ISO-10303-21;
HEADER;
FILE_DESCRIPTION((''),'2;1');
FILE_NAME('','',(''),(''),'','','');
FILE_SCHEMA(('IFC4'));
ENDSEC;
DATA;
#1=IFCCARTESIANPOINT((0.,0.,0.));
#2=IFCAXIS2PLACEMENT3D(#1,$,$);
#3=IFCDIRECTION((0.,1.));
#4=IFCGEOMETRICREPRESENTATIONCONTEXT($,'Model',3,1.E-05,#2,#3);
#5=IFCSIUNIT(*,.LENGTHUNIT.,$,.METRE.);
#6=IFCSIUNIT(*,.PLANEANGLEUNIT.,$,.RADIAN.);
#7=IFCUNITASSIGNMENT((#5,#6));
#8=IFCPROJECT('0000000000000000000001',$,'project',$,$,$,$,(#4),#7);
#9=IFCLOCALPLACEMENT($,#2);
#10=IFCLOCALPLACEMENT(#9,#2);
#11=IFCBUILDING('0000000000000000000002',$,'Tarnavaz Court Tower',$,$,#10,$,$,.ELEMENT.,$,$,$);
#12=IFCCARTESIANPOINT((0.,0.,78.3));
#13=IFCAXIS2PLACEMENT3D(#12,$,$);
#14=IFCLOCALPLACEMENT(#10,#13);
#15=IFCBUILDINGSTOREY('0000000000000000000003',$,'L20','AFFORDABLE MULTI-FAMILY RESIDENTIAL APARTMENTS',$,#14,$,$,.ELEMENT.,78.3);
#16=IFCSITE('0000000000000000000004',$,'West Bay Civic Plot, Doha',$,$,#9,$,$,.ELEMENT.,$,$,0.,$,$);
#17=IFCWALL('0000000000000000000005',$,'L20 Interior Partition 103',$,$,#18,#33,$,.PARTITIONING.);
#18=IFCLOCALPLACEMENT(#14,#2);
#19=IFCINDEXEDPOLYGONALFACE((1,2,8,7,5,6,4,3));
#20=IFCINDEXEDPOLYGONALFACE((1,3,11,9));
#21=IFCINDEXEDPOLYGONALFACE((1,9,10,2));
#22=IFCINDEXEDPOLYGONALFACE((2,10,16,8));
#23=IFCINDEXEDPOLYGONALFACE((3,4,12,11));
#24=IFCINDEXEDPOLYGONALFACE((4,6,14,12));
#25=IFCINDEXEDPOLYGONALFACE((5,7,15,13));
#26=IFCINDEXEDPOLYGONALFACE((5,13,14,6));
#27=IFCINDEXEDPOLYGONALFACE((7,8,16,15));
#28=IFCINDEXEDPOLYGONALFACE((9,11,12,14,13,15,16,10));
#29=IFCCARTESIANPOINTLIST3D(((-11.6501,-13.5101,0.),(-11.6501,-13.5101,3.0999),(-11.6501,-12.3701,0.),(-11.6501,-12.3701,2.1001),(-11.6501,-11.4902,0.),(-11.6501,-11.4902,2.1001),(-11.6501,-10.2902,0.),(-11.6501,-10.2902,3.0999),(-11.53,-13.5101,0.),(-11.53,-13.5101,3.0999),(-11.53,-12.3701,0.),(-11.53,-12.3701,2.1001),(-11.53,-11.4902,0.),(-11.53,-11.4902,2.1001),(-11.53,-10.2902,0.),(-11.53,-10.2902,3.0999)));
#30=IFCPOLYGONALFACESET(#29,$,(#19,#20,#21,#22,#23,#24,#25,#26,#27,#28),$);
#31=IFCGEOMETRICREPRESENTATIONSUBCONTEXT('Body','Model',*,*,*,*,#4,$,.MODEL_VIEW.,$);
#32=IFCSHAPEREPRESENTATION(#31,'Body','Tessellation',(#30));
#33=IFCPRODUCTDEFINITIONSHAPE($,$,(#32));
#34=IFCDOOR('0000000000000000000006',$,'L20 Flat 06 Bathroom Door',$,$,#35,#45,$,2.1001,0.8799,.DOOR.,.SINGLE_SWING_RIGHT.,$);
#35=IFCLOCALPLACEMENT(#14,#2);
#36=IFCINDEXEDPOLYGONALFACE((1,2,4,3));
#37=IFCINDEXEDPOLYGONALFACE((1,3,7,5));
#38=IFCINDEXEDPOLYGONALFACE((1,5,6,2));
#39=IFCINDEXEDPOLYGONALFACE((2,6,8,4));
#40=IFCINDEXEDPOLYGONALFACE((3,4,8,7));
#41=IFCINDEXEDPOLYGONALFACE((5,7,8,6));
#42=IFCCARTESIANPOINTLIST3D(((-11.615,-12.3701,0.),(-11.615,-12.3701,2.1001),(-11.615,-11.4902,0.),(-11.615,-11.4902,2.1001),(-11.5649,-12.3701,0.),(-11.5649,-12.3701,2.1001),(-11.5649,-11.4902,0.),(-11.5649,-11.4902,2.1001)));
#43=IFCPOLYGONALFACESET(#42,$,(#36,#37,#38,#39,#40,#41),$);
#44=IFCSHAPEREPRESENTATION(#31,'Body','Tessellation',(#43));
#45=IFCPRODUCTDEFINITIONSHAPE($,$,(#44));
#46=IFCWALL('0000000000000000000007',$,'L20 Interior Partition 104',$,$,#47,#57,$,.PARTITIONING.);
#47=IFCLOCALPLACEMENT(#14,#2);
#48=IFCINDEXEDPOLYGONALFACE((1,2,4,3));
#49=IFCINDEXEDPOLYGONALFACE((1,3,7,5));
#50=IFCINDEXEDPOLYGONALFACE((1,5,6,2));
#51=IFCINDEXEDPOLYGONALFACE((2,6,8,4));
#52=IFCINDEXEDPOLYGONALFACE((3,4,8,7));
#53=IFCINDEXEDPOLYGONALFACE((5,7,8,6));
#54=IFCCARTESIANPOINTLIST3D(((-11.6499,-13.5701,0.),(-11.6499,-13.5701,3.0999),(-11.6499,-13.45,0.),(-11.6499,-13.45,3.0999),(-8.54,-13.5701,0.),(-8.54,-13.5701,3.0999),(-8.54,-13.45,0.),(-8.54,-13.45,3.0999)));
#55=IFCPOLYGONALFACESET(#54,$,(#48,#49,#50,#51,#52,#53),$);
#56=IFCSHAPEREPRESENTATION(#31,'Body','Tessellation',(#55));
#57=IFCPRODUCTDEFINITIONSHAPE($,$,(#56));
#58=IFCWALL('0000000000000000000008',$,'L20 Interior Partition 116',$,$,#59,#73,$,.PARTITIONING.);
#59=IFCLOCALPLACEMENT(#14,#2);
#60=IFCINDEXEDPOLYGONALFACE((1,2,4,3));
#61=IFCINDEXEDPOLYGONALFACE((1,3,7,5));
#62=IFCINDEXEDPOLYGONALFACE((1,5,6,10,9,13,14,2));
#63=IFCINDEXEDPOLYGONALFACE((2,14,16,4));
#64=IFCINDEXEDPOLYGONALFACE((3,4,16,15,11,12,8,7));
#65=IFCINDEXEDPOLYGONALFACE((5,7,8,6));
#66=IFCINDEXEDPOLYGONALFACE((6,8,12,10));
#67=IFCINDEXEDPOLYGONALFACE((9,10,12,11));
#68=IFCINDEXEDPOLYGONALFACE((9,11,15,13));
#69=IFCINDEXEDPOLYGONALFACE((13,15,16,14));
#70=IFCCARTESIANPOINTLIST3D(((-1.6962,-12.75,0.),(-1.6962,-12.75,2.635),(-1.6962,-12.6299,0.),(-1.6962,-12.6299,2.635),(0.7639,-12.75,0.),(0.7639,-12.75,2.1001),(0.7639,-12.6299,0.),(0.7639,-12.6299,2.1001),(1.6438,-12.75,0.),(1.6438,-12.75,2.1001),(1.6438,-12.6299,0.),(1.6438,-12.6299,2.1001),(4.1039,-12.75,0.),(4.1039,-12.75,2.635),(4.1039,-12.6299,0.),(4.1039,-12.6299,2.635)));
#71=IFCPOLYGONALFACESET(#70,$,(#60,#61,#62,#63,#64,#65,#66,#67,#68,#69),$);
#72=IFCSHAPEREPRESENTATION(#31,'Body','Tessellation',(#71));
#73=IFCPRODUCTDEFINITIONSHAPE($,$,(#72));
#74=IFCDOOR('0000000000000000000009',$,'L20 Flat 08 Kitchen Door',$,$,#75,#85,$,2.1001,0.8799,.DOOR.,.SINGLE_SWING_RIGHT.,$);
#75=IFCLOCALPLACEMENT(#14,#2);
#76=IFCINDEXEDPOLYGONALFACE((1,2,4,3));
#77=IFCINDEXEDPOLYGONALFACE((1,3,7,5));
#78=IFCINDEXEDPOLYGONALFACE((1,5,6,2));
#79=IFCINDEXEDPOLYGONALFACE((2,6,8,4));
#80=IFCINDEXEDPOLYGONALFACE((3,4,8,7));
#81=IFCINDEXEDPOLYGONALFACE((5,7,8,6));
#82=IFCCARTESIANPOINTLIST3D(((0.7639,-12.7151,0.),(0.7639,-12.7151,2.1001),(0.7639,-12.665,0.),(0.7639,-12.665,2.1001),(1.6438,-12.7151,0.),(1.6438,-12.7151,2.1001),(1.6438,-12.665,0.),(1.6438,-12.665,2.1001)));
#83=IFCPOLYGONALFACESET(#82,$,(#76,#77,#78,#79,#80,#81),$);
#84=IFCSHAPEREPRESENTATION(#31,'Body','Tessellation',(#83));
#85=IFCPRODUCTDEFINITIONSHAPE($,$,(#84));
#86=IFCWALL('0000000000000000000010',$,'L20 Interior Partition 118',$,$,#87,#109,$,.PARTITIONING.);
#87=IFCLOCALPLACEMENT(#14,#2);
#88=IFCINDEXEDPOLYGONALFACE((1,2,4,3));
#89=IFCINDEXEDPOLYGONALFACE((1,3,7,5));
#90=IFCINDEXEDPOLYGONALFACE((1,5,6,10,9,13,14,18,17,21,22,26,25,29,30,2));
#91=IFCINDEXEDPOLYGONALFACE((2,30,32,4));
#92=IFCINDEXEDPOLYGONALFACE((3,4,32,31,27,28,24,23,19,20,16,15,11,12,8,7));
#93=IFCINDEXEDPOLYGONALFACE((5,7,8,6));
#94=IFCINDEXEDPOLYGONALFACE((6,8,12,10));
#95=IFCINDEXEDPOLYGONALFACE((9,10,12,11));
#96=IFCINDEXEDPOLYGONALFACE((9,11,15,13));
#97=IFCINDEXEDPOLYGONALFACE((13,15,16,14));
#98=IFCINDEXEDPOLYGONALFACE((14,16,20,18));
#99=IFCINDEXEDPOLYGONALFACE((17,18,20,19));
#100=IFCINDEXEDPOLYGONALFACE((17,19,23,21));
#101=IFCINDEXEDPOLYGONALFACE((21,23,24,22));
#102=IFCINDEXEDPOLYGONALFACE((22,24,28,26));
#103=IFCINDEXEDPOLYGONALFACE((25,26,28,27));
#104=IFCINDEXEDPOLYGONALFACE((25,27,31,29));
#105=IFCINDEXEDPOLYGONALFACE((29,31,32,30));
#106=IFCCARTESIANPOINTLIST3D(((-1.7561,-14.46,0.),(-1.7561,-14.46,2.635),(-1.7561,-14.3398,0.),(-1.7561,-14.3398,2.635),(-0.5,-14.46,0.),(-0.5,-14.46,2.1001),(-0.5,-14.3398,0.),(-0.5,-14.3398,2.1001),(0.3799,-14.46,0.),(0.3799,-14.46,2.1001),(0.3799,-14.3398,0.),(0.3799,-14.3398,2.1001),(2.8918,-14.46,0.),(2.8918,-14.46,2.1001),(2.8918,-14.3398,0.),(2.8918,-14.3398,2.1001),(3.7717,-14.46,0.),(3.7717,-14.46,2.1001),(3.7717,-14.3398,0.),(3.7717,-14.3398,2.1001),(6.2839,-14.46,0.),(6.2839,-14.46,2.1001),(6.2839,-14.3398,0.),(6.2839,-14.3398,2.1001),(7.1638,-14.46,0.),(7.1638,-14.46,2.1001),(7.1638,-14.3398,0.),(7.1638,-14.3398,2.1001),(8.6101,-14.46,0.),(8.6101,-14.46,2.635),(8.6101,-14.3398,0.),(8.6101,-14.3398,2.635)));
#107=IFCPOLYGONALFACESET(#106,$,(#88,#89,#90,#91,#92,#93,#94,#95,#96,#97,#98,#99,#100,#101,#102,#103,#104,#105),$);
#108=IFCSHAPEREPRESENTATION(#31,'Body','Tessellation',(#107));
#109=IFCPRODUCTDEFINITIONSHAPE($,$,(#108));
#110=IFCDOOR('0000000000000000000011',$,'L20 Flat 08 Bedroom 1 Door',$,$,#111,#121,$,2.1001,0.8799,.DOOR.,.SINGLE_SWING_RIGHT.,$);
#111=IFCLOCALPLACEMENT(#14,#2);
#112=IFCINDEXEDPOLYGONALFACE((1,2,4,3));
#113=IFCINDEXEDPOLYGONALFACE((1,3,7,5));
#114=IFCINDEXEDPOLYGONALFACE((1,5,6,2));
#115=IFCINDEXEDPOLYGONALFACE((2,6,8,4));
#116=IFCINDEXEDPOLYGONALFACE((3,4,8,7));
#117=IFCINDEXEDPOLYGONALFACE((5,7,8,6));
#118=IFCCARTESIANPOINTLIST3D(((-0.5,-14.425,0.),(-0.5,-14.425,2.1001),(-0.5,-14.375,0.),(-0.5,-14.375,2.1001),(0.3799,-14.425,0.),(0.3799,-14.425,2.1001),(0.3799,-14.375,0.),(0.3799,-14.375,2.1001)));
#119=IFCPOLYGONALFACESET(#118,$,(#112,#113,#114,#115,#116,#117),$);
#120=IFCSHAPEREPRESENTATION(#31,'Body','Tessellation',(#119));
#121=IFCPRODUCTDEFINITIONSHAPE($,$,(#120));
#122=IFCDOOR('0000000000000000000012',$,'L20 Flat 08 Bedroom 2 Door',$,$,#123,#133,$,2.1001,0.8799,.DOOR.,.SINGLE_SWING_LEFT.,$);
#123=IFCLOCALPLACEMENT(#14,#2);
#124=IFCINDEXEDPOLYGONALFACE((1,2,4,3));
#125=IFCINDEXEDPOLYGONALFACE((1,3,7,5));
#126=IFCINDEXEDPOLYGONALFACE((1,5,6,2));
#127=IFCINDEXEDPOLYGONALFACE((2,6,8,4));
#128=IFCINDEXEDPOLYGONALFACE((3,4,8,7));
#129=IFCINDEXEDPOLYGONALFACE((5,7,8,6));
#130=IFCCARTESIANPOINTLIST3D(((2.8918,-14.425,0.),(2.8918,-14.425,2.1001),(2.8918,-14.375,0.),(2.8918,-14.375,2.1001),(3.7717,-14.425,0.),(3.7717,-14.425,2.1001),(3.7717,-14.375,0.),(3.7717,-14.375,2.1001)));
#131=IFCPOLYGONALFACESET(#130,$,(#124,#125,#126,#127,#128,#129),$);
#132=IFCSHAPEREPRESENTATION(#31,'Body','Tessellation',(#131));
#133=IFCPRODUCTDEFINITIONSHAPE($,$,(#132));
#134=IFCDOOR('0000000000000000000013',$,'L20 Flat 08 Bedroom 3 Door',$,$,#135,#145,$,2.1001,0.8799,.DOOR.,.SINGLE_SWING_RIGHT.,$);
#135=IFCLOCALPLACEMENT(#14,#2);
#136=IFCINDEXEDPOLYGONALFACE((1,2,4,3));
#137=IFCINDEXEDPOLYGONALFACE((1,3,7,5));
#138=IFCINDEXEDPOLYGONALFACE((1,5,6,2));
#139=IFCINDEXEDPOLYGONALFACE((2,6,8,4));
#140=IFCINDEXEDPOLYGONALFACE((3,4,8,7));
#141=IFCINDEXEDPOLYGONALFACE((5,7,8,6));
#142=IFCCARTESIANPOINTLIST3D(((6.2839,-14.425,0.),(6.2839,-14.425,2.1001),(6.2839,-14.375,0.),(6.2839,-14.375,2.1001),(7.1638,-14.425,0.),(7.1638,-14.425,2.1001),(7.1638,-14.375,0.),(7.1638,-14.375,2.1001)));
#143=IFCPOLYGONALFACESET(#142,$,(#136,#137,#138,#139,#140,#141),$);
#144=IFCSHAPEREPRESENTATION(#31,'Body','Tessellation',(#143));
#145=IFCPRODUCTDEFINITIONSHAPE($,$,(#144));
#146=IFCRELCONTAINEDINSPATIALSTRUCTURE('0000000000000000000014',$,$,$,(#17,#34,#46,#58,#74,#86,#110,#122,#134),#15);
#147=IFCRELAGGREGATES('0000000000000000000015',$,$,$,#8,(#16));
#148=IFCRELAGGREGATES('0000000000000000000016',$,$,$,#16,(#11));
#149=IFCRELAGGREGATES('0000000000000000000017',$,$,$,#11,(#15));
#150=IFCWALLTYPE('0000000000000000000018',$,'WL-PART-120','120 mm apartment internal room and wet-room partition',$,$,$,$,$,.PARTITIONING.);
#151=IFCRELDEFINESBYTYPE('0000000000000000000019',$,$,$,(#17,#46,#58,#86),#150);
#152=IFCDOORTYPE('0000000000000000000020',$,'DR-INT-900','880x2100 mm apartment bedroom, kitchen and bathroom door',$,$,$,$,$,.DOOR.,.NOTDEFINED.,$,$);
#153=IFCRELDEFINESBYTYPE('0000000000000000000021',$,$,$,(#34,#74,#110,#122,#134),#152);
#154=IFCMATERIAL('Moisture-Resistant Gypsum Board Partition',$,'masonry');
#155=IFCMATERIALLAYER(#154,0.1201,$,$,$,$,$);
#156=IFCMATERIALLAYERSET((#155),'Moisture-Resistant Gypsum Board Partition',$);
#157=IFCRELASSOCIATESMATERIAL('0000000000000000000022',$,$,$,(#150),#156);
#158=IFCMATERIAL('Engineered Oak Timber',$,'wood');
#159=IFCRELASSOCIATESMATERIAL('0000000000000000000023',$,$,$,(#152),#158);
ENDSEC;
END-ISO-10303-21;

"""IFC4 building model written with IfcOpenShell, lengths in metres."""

from ifc_helpers import new_model, si_unit, direction, frame, frame_2d, origin, place, context, subcontext, project, spatial, rectangle, extrude, material, layer, layer_set, type_object, element, fill, save


model = new_model("IFC4")

# Units and contexts
model_context = context("Model", 3, precision=1e-05, world=origin(), true_north=direction((0.0, 1.0)))
body_context = subcontext(model_context, "Body", "Model", "MODEL_VIEW")
ifc_project = project(units=[si_unit("LENGTHUNIT", "METRE"), si_unit("PLANEANGLEUNIT", "RADIAN")], contexts=[model_context])

# Site, building, storey
site_placement = place(None, origin())
site = spatial("IfcSite", under=ifc_project, at=site_placement, Name="West Bay Civic Plot, Doha", CompositionType="ELEMENT", RefElevation=0.0)
building_placement = place(site_placement, origin())
building = spatial("IfcBuilding", under=site, at=building_placement, Name="Tarnavaz Court Tower", CompositionType="ELEMENT")
storey_placement = place(building_placement, frame((0.0, 0.0, 78.3)))
storey = spatial("IfcBuildingStorey", under=building, at=storey_placement, Name="L20", Description="AFFORDABLE MULTI-FAMILY RESIDENTIAL APARTMENTS", CompositionType="ELEMENT", Elevation=78.3)

# Wall, opening, door
ifc_material_1 = material(Name="Moisture-Resistant Gypsum Board Partition", Category="masonry")
ifc_layer_1 = layer(ifc_material_1, 0.1201)
ifc_layer_set_1 = layer_set([ifc_layer_1], Name="Moisture-Resistant Gypsum Board Partition")
wall_type_1 = type_object("IfcWallType", Name="WL-PART-120", Description="120 mm apartment internal room and wet-room partition", PredefinedType="PARTITIONING", material=ifc_layer_set_1)
wall_1_placement = place(storey_placement, frame((-11.5901, -13.51, 0.0), z_axis=(0.0, 0.0, 1.0), x_axis=(0.0, 1.0, 0.0)))
wall_1 = element("IfcWall", 1, at=wall_1_placement, inside=storey, type_object=wall_type_1, Name="L20 Interior Partition 103", PredefinedType="PARTITIONING", context=body_context, shape_type="SweptSolid", body=[
    extrude(rectangle(XDim=3.22, YDim=0.1201, at=frame_2d((1.6099, 0.0))), origin(), (0.0, 0.0, 1.0), 3.0999),
])
opening_1_placement = place(wall_1_placement, frame((1.1399, 0.0, 0.0)))
opening_1 = element("IfcOpeningElement", 2, at=opening_1_placement, cuts=wall_1, PredefinedType="OPENING", context=body_context, shape_type="SweptSolid", body=[
    extrude(rectangle(XDim=0.8799, YDim=2.1001, at=frame_2d((0.4399, 1.05))), frame((0.0, 0.0701, 0.0), z_axis=(0.0, -1.0, 0.0), x_axis=(1.0, 0.0, 0.0)), (0.0, 0.0, 1.0), 0.1401),
])
ifc_material_2 = material(Name="Engineered Oak Timber", Category="wood")
door_type_1 = type_object("IfcDoorType", Name="DR-INT-900", Description="880x2100 mm apartment bedroom, kitchen and bathroom door", OperationType="NOTDEFINED", PredefinedType="DOOR", material=ifc_material_2)
door_1_placement = place(opening_1_placement, origin())
door_1 = element("IfcDoor", 3, at=door_1_placement, inside=storey, type_object=door_type_1, Name="L20 Flat 06 Bathroom Door", OperationType="SINGLE_SWING_RIGHT", OverallHeight=2.1001, OverallWidth=0.8799, PredefinedType="DOOR", context=body_context, shape_type="SweptSolid", body=[
    extrude(rectangle(XDim=0.8799, YDim=2.1001, at=frame_2d((0.4399, 1.05))), frame((0.0, 0.0249, 0.0), z_axis=(0.0, -1.0, 0.0), x_axis=(1.0, 0.0, 0.0)), (0.0, 0.0, 1.0), 0.05),
])
fill(opening_1, door_1)

# Wall
wall_2_placement = place(storey_placement, frame((-11.6499, -13.51, 0.0), z_axis=(0.0, 0.0, 1.0), x_axis=(1.0, 0.0, 0.0)))
element("IfcWall", 4, at=wall_2_placement, inside=storey, type_object=wall_type_1, Name="L20 Interior Partition 104", PredefinedType="PARTITIONING", context=body_context, shape_type="SweptSolid", body=[
    extrude(rectangle(XDim=3.1099, YDim=0.1201, at=frame_2d((1.5549, 0.0))), origin(), (0.0, 0.0, 1.0), 3.0999),
])

# Wall, opening, door
wall_3_placement = place(storey_placement, frame((-1.696, -12.6899, 0.0), z_axis=(0.0, 0.0, 1.0), x_axis=(1.0, 0.0, 0.0)))
wall_3 = element("IfcWall", 5, at=wall_3_placement, inside=storey, type_object=wall_type_1, Name="L20 Interior Partition 116", PredefinedType="PARTITIONING", context=body_context, shape_type="SweptSolid", body=[
    extrude(rectangle(XDim=5.8, YDim=0.1201, at=frame_2d((2.8999, 0.0))), origin(), (0.0, 0.0, 1.0), 2.635),
])
opening_2_placement = place(wall_3_placement, frame((2.46, 0.0, 0.0)))
opening_2 = element("IfcOpeningElement", 6, at=opening_2_placement, cuts=wall_3, PredefinedType="OPENING", context=body_context, shape_type="SweptSolid", body=[
    extrude(rectangle(XDim=0.8799, YDim=2.1001, at=frame_2d((0.4399, 1.05))), frame((0.0, 0.0701, 0.0), z_axis=(0.0, -1.0, 0.0), x_axis=(1.0, 0.0, 0.0)), (0.0, 0.0, 1.0), 0.1401),
])
door_2_placement = place(opening_2_placement, origin())
door_2 = element("IfcDoor", 7, at=door_2_placement, inside=storey, type_object=door_type_1, Name="L20 Flat 08 Kitchen Door", OperationType="SINGLE_SWING_RIGHT", OverallHeight=2.1001, OverallWidth=0.8799, PredefinedType="DOOR", context=body_context, shape_type="SweptSolid", body=[
    extrude(rectangle(XDim=0.8799, YDim=2.1001, at=frame_2d((0.4399, 1.05))), frame((0.0, 0.0249, 0.0), z_axis=(0.0, -1.0, 0.0), x_axis=(1.0, 0.0, 0.0)), (0.0, 0.0, 1.0), 0.05),
])
fill(opening_2, door_2)

# Wall, openings, doors
wall_4_placement = place(storey_placement, frame((-1.7561, -14.3999, 0.0), z_axis=(0.0, 0.0, 1.0), x_axis=(1.0, 0.0, 0.0)))
wall_4 = element("IfcWall", 8, at=wall_4_placement, inside=storey, type_object=wall_type_1, Name="L20 Interior Partition 118", PredefinedType="PARTITIONING", context=body_context, shape_type="SweptSolid", body=[
    extrude(rectangle(XDim=10.3662, YDim=0.1201, at=frame_2d((5.1831, 0.0))), origin(), (0.0, 0.0, 1.0), 2.635),
])
opening_3_placement = place(wall_4_placement, frame((1.2561, 0.0, 0.0)))
opening_3 = element("IfcOpeningElement", 9, at=opening_3_placement, cuts=wall_4, PredefinedType="OPENING", context=body_context, shape_type="SweptSolid", body=[
    extrude(rectangle(XDim=0.8799, YDim=2.1001, at=frame_2d((0.4399, 1.05))), frame((0.0, 0.0701, 0.0), z_axis=(0.0, -1.0, 0.0), x_axis=(1.0, 0.0, 0.0)), (0.0, 0.0, 1.0), 0.1401),
])
opening_4_placement = place(wall_4_placement, frame((4.6479, 0.0, 0.0)))
opening_4 = element("IfcOpeningElement", 10, at=opening_4_placement, cuts=wall_4, PredefinedType="OPENING", context=body_context, shape_type="SweptSolid", body=[
    extrude(rectangle(XDim=0.8799, YDim=2.1001, at=frame_2d((0.4399, 1.05))), frame((0.0, 0.0701, 0.0), z_axis=(0.0, -1.0, 0.0), x_axis=(1.0, 0.0, 0.0)), (0.0, 0.0, 1.0), 0.1401),
])
opening_5_placement = place(wall_4_placement, frame((8.04, 0.0, 0.0)))
opening_5 = element("IfcOpeningElement", 11, at=opening_5_placement, cuts=wall_4, PredefinedType="OPENING", context=body_context, shape_type="SweptSolid", body=[
    extrude(rectangle(XDim=0.8799, YDim=2.1001, at=frame_2d((0.4399, 1.05))), frame((0.0, 0.0701, 0.0), z_axis=(0.0, -1.0, 0.0), x_axis=(1.0, 0.0, 0.0)), (0.0, 0.0, 1.0), 0.1401),
])
door_3_placement = place(opening_3_placement, origin())
door_3 = element("IfcDoor", 12, at=door_3_placement, inside=storey, type_object=door_type_1, Name="L20 Flat 08 Bedroom 1 Door", OperationType="SINGLE_SWING_RIGHT", OverallHeight=2.1001, OverallWidth=0.8799, PredefinedType="DOOR", context=body_context, shape_type="SweptSolid", body=[
    extrude(rectangle(XDim=0.8799, YDim=2.1001, at=frame_2d((0.4399, 1.05))), frame((0.0, 0.0249, 0.0), z_axis=(0.0, -1.0, 0.0), x_axis=(1.0, 0.0, 0.0)), (0.0, 0.0, 1.0), 0.05),
])
fill(opening_3, door_3)
door_4_placement = place(opening_4_placement, origin())
door_4 = element("IfcDoor", 13, at=door_4_placement, inside=storey, type_object=door_type_1, Name="L20 Flat 08 Bedroom 2 Door", OperationType="SINGLE_SWING_LEFT", OverallHeight=2.1001, OverallWidth=0.8799, PredefinedType="DOOR", context=body_context, shape_type="SweptSolid", body=[
    extrude(rectangle(XDim=0.8799, YDim=2.1001, at=frame_2d((0.4399, 1.05))), frame((0.0, 0.0249, 0.0), z_axis=(0.0, -1.0, 0.0), x_axis=(1.0, 0.0, 0.0)), (0.0, 0.0, 1.0), 0.05),
])
fill(opening_4, door_4)
door_5_placement = place(opening_5_placement, origin())
door_5 = element("IfcDoor", 14, at=door_5_placement, inside=storey, type_object=door_type_1, Name="L20 Flat 08 Bedroom 3 Door", OperationType="SINGLE_SWING_RIGHT", OverallHeight=2.1001, OverallWidth=0.8799, PredefinedType="DOOR", context=body_context, shape_type="SweptSolid", body=[
    extrude(rectangle(XDim=0.8799, YDim=2.1001, at=frame_2d((0.4399, 1.05))), frame((0.0, 0.0249, 0.0), z_axis=(0.0, -1.0, 0.0), x_axis=(1.0, 0.0, 0.0)), (0.0, 0.0, 1.0), 0.05),
])
fill(opening_5, door_5)

save(model, "model.ifc")
